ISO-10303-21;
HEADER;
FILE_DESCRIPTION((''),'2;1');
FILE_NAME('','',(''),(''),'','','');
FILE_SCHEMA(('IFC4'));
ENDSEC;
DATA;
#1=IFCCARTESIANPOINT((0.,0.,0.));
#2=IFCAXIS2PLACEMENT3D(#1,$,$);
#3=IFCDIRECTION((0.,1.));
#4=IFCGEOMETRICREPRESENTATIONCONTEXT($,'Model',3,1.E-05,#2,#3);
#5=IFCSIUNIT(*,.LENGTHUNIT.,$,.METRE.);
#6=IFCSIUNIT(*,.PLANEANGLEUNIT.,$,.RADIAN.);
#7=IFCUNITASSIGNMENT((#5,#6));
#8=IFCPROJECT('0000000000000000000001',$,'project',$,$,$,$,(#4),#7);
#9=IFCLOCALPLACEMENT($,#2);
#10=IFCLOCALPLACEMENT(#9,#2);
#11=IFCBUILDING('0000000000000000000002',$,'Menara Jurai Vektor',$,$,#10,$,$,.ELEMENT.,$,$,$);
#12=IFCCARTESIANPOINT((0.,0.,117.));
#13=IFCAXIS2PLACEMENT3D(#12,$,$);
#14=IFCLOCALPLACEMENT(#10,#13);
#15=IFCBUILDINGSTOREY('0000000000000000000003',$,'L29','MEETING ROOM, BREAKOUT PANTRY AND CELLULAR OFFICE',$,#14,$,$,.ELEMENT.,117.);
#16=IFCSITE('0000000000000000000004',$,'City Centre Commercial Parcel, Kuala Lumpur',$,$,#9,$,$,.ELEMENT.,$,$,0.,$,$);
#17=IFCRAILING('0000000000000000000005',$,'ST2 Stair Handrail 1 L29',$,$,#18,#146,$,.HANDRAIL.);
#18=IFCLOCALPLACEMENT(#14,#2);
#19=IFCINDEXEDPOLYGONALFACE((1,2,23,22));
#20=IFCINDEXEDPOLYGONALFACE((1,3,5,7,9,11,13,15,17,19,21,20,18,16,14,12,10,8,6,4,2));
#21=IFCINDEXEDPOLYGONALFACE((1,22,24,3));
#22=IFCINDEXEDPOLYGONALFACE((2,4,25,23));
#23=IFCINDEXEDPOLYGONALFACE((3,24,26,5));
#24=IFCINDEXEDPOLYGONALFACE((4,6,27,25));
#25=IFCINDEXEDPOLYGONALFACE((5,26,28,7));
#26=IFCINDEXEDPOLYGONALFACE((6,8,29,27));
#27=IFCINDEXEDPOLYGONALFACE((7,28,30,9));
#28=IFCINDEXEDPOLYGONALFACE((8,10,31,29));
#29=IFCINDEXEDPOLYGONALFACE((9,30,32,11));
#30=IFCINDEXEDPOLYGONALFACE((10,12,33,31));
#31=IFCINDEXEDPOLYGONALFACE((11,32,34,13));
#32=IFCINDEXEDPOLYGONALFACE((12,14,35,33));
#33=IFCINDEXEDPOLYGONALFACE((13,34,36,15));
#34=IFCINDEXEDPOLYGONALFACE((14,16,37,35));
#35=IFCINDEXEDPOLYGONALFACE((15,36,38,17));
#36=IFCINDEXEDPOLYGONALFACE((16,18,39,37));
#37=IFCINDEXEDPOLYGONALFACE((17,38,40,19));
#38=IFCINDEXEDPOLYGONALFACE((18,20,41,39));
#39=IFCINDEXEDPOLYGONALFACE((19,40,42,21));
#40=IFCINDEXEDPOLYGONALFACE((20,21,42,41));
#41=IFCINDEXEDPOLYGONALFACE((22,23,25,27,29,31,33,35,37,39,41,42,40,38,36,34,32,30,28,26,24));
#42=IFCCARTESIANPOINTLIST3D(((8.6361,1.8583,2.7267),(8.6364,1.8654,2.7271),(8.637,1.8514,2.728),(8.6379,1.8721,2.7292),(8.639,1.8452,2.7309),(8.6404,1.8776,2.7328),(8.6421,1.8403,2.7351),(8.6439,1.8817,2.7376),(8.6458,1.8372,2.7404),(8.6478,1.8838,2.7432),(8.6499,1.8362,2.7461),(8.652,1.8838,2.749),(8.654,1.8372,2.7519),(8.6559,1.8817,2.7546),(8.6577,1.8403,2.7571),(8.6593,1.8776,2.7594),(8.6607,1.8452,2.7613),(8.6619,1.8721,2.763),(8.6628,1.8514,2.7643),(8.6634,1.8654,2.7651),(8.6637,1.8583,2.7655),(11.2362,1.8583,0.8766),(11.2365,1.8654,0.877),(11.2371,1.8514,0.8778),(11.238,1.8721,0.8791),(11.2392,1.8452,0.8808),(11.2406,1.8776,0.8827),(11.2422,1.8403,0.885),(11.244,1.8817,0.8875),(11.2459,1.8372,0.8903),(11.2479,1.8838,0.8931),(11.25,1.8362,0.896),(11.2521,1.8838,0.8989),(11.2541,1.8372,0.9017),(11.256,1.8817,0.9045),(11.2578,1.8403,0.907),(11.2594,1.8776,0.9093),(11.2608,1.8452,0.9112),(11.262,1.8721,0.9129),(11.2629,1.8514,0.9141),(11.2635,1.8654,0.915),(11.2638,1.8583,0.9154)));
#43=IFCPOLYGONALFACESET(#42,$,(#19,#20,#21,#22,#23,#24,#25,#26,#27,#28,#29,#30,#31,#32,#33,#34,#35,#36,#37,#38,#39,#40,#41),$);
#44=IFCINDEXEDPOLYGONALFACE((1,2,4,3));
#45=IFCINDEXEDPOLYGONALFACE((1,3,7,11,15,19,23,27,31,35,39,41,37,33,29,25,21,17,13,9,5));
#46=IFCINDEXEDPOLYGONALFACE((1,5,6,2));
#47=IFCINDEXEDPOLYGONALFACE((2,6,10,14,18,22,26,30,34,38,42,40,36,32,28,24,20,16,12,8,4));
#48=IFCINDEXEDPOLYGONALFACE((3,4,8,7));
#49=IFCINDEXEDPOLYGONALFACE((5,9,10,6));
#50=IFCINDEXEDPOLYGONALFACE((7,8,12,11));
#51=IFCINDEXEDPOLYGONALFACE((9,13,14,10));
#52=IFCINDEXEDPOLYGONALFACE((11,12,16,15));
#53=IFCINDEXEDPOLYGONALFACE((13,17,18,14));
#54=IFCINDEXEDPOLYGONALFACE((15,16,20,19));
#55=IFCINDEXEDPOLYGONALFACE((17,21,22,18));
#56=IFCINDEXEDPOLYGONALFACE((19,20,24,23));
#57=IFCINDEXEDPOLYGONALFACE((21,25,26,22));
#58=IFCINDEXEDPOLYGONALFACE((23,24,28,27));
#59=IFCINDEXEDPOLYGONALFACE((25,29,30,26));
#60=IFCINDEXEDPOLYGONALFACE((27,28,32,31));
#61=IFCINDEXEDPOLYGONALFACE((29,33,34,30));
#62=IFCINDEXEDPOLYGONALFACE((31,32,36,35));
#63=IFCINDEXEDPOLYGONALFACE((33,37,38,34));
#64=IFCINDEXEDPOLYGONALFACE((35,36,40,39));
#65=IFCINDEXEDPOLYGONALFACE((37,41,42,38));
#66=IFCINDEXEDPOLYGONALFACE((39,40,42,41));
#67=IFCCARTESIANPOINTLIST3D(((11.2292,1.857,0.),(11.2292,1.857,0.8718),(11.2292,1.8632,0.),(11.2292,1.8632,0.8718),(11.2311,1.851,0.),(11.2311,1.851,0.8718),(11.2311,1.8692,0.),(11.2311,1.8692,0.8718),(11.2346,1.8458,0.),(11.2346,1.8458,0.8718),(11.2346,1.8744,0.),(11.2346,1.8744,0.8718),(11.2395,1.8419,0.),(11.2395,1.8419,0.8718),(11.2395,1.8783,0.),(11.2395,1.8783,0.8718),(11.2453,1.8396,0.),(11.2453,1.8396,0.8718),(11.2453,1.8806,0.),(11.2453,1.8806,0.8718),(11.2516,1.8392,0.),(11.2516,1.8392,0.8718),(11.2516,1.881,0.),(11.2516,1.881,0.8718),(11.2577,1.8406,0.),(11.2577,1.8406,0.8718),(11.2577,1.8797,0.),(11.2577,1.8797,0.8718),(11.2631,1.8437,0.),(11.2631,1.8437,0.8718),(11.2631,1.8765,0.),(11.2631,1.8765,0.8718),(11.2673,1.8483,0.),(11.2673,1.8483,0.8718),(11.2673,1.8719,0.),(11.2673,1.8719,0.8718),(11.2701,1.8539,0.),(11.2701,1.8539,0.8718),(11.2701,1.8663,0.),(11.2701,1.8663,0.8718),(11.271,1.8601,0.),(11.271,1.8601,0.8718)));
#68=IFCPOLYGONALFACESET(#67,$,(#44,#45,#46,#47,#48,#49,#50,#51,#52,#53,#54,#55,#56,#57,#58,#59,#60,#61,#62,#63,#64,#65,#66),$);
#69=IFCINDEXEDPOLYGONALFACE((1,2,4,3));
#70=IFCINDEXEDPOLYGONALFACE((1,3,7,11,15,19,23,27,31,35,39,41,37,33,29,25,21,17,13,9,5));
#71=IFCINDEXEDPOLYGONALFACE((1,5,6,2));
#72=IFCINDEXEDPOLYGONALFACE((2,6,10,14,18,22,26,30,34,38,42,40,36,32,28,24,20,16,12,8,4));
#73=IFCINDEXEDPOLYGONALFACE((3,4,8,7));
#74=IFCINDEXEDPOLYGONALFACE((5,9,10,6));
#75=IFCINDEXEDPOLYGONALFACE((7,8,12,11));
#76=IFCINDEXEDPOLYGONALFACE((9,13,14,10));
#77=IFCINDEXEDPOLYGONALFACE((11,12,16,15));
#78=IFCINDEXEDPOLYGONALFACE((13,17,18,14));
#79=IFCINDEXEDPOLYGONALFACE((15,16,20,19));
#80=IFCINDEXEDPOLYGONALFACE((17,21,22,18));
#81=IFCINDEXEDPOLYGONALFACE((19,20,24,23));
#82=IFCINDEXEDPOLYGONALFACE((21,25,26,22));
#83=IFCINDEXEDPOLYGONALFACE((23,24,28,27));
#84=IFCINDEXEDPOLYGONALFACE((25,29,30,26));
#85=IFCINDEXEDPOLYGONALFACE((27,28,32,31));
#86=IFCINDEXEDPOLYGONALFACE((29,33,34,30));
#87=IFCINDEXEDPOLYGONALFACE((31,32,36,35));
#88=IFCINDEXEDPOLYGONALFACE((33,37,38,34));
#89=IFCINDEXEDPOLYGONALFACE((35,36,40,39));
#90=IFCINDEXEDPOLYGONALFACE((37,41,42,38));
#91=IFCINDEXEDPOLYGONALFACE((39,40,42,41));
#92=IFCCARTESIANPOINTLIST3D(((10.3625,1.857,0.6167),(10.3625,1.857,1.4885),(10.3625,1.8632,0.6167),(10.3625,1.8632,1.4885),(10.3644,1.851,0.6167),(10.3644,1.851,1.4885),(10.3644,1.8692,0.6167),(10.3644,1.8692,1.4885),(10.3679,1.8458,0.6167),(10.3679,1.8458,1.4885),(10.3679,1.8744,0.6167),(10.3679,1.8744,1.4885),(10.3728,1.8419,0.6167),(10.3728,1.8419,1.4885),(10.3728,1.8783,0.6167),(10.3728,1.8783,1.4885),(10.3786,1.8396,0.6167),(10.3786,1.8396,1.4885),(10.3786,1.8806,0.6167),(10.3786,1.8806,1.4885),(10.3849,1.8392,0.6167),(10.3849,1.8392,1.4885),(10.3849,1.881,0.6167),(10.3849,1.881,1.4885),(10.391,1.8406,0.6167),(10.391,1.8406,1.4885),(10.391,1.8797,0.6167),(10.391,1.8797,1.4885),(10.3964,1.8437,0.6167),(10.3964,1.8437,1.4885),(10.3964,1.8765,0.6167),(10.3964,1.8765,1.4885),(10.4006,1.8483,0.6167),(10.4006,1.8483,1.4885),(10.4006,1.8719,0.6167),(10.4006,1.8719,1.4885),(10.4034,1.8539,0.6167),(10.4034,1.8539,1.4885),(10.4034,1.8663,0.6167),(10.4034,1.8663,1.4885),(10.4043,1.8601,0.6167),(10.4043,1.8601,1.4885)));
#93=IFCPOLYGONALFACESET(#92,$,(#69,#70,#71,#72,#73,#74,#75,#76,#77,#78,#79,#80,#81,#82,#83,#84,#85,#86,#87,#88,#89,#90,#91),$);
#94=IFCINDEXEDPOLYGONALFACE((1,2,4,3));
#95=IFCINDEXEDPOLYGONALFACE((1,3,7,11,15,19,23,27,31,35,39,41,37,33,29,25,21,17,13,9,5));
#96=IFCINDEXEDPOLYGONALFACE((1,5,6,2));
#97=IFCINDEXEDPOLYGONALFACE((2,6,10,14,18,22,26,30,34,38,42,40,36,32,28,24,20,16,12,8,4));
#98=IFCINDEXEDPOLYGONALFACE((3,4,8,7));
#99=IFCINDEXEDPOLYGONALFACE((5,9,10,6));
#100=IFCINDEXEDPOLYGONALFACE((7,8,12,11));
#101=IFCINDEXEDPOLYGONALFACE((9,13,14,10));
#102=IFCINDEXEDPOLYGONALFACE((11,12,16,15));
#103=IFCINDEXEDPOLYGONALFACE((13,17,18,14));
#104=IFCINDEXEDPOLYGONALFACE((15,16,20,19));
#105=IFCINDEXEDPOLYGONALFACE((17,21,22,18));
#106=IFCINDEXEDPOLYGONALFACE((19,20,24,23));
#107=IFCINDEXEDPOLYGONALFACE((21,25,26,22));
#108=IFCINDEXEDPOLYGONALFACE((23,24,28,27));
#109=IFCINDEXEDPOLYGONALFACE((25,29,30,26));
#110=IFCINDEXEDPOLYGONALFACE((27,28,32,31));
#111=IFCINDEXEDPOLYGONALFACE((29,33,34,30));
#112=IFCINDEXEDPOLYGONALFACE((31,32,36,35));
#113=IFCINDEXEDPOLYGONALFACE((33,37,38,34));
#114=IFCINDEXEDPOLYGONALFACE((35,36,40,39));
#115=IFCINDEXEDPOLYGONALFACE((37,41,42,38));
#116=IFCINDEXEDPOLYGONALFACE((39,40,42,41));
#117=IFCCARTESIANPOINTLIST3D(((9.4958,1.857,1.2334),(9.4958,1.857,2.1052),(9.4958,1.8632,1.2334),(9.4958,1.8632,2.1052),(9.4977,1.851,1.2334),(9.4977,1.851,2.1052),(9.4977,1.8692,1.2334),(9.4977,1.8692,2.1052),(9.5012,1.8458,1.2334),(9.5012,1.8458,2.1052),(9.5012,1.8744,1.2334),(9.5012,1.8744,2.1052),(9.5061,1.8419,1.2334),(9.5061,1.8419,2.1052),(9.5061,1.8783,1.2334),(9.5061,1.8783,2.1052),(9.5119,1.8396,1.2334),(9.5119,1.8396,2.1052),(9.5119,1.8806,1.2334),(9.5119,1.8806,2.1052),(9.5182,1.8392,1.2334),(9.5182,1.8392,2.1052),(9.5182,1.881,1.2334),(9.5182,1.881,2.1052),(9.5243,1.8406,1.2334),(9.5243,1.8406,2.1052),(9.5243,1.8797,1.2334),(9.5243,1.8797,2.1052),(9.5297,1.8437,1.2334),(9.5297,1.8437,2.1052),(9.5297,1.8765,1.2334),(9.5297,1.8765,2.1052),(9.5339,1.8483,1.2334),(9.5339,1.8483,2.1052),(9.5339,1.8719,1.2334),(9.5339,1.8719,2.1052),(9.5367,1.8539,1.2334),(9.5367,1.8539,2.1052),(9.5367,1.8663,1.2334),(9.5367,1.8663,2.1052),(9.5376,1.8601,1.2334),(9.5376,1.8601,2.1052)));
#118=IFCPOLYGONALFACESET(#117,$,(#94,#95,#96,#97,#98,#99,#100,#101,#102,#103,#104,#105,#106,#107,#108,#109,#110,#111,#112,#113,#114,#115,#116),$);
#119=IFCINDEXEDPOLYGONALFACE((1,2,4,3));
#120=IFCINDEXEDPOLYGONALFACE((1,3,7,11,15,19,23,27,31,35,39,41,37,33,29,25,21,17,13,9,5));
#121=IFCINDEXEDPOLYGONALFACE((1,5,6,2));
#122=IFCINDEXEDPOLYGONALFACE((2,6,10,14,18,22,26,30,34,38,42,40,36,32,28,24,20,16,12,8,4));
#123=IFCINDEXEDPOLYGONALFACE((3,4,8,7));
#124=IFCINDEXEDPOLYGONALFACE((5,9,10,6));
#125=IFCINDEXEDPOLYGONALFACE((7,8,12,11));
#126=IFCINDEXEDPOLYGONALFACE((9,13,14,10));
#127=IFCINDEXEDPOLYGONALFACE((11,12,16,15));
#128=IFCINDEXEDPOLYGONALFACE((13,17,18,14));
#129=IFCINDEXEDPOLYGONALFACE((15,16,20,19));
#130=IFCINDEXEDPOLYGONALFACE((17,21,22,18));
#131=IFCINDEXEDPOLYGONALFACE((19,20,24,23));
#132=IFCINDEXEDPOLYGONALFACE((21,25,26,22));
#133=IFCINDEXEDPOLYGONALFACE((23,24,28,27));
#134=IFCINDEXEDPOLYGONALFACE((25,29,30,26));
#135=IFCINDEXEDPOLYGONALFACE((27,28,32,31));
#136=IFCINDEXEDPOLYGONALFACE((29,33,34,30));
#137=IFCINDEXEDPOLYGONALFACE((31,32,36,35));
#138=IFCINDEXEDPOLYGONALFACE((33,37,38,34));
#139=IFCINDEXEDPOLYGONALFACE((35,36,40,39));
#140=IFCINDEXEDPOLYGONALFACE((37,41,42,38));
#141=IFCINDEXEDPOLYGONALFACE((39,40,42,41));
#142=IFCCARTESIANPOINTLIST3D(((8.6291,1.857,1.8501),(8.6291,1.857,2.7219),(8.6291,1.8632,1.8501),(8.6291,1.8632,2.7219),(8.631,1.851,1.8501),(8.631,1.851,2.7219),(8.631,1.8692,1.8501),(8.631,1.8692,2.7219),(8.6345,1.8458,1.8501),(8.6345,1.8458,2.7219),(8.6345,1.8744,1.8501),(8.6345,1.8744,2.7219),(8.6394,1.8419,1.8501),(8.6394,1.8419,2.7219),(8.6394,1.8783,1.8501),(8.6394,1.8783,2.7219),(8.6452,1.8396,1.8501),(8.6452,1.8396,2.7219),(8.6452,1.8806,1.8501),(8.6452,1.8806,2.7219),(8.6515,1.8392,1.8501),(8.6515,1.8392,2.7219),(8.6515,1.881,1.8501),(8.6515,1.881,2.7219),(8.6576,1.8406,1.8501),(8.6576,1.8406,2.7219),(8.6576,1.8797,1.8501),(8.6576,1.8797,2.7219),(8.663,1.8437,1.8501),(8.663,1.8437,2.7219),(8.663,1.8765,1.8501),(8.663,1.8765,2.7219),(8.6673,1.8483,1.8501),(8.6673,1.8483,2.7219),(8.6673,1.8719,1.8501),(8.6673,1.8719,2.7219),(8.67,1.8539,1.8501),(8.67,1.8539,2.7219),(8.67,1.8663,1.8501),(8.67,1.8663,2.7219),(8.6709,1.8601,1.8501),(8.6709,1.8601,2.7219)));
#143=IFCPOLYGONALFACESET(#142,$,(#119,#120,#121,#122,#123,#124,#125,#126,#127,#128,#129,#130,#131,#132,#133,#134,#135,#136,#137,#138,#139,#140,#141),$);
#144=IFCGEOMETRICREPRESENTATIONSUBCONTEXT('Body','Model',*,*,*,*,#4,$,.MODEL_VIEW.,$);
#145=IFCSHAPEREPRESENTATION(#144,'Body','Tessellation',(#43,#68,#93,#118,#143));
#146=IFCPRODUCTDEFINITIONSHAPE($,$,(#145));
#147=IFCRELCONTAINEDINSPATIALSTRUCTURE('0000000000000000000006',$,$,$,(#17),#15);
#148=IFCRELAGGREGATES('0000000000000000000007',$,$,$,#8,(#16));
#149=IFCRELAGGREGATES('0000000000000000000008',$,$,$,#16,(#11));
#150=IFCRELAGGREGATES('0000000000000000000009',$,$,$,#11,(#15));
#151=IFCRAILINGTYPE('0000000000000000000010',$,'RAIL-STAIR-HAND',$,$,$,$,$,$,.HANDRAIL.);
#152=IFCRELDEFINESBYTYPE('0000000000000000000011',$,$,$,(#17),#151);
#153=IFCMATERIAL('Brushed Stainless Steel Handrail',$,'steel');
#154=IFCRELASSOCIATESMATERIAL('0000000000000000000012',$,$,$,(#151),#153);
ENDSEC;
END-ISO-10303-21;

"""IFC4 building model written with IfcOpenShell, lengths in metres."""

from ifc_helpers import new_model, si_unit, direction, frame, origin, origin_2d, place, context, subcontext, project, spatial, circle, extrude, material, type_object, element, save


model = new_model("IFC4")

# Units and contexts
model_context = context("Model", 3, precision=1e-05, world=origin(), true_north=direction((0.0, 1.0)))
body_context = subcontext(model_context, "Body", "Model", "MODEL_VIEW")
ifc_project = project(units=[si_unit("LENGTHUNIT", "METRE"), si_unit("PLANEANGLEUNIT", "RADIAN")], contexts=[model_context])

# Site, building, storey
site_placement = place(None, origin())
site = spatial("IfcSite", under=ifc_project, at=site_placement, Name="City Centre Commercial Parcel, Kuala Lumpur", CompositionType="ELEMENT", RefElevation=0.0)
building_placement = place(site_placement, origin())
building = spatial("IfcBuilding", under=site, at=building_placement, Name="Menara Jurai Vektor", CompositionType="ELEMENT")
storey_placement = place(building_placement, frame((0.0, 0.0, 117.0)))
storey = spatial("IfcBuildingStorey", under=building, at=storey_placement, Name="L29", Description="MEETING ROOM, BREAKOUT PANTRY AND CELLULAR OFFICE", CompositionType="ELEMENT", Elevation=117.0)

# Railing
ifc_material_1 = material(Name="Brushed Stainless Steel Handrail", Category="steel")
railing_type_1 = type_object("IfcRailingType", Name="RAIL-STAIR-HAND", PredefinedType="HANDRAIL", material=ifc_material_1)
railing_1_placement = place(storey_placement, frame((11.25, 1.8601, 0.0)))
element("IfcRailing", 1, at=railing_1_placement, inside=storey, type_object=railing_type_1, Name="ST2 Stair Handrail 1 L29", PredefinedType="HANDRAIL", context=body_context, shape_type="SweptSolid", body=[
    extrude(circle(Radius=0.0239, at=origin_2d()), frame((0.0, 0.0, 0.896), z_axis=(-0.814787, 0.0, 0.579761), x_axis=(0.0, -1.0, 0.0)), (0.0, 0.0, 1.0), 3.1912),
    extrude(circle(Radius=0.021, at=origin_2d()), origin(), (0.0, 0.0, 1.0), 0.8718),
    extrude(circle(Radius=0.021, at=origin_2d()), frame((-0.8667, 0.0, 0.6167)), (0.0, 0.0, 1.0), 0.8718),
    extrude(circle(Radius=0.021, at=origin_2d()), frame((-1.7334, 0.0, 1.2334)), (0.0, 0.0, 1.0), 0.8718),
    extrude(circle(Radius=0.021, at=origin_2d()), frame((-2.6001, 0.0, 1.8501)), (0.0, 0.0, 1.0), 0.8718),
])

save(model, "model.ifc")
